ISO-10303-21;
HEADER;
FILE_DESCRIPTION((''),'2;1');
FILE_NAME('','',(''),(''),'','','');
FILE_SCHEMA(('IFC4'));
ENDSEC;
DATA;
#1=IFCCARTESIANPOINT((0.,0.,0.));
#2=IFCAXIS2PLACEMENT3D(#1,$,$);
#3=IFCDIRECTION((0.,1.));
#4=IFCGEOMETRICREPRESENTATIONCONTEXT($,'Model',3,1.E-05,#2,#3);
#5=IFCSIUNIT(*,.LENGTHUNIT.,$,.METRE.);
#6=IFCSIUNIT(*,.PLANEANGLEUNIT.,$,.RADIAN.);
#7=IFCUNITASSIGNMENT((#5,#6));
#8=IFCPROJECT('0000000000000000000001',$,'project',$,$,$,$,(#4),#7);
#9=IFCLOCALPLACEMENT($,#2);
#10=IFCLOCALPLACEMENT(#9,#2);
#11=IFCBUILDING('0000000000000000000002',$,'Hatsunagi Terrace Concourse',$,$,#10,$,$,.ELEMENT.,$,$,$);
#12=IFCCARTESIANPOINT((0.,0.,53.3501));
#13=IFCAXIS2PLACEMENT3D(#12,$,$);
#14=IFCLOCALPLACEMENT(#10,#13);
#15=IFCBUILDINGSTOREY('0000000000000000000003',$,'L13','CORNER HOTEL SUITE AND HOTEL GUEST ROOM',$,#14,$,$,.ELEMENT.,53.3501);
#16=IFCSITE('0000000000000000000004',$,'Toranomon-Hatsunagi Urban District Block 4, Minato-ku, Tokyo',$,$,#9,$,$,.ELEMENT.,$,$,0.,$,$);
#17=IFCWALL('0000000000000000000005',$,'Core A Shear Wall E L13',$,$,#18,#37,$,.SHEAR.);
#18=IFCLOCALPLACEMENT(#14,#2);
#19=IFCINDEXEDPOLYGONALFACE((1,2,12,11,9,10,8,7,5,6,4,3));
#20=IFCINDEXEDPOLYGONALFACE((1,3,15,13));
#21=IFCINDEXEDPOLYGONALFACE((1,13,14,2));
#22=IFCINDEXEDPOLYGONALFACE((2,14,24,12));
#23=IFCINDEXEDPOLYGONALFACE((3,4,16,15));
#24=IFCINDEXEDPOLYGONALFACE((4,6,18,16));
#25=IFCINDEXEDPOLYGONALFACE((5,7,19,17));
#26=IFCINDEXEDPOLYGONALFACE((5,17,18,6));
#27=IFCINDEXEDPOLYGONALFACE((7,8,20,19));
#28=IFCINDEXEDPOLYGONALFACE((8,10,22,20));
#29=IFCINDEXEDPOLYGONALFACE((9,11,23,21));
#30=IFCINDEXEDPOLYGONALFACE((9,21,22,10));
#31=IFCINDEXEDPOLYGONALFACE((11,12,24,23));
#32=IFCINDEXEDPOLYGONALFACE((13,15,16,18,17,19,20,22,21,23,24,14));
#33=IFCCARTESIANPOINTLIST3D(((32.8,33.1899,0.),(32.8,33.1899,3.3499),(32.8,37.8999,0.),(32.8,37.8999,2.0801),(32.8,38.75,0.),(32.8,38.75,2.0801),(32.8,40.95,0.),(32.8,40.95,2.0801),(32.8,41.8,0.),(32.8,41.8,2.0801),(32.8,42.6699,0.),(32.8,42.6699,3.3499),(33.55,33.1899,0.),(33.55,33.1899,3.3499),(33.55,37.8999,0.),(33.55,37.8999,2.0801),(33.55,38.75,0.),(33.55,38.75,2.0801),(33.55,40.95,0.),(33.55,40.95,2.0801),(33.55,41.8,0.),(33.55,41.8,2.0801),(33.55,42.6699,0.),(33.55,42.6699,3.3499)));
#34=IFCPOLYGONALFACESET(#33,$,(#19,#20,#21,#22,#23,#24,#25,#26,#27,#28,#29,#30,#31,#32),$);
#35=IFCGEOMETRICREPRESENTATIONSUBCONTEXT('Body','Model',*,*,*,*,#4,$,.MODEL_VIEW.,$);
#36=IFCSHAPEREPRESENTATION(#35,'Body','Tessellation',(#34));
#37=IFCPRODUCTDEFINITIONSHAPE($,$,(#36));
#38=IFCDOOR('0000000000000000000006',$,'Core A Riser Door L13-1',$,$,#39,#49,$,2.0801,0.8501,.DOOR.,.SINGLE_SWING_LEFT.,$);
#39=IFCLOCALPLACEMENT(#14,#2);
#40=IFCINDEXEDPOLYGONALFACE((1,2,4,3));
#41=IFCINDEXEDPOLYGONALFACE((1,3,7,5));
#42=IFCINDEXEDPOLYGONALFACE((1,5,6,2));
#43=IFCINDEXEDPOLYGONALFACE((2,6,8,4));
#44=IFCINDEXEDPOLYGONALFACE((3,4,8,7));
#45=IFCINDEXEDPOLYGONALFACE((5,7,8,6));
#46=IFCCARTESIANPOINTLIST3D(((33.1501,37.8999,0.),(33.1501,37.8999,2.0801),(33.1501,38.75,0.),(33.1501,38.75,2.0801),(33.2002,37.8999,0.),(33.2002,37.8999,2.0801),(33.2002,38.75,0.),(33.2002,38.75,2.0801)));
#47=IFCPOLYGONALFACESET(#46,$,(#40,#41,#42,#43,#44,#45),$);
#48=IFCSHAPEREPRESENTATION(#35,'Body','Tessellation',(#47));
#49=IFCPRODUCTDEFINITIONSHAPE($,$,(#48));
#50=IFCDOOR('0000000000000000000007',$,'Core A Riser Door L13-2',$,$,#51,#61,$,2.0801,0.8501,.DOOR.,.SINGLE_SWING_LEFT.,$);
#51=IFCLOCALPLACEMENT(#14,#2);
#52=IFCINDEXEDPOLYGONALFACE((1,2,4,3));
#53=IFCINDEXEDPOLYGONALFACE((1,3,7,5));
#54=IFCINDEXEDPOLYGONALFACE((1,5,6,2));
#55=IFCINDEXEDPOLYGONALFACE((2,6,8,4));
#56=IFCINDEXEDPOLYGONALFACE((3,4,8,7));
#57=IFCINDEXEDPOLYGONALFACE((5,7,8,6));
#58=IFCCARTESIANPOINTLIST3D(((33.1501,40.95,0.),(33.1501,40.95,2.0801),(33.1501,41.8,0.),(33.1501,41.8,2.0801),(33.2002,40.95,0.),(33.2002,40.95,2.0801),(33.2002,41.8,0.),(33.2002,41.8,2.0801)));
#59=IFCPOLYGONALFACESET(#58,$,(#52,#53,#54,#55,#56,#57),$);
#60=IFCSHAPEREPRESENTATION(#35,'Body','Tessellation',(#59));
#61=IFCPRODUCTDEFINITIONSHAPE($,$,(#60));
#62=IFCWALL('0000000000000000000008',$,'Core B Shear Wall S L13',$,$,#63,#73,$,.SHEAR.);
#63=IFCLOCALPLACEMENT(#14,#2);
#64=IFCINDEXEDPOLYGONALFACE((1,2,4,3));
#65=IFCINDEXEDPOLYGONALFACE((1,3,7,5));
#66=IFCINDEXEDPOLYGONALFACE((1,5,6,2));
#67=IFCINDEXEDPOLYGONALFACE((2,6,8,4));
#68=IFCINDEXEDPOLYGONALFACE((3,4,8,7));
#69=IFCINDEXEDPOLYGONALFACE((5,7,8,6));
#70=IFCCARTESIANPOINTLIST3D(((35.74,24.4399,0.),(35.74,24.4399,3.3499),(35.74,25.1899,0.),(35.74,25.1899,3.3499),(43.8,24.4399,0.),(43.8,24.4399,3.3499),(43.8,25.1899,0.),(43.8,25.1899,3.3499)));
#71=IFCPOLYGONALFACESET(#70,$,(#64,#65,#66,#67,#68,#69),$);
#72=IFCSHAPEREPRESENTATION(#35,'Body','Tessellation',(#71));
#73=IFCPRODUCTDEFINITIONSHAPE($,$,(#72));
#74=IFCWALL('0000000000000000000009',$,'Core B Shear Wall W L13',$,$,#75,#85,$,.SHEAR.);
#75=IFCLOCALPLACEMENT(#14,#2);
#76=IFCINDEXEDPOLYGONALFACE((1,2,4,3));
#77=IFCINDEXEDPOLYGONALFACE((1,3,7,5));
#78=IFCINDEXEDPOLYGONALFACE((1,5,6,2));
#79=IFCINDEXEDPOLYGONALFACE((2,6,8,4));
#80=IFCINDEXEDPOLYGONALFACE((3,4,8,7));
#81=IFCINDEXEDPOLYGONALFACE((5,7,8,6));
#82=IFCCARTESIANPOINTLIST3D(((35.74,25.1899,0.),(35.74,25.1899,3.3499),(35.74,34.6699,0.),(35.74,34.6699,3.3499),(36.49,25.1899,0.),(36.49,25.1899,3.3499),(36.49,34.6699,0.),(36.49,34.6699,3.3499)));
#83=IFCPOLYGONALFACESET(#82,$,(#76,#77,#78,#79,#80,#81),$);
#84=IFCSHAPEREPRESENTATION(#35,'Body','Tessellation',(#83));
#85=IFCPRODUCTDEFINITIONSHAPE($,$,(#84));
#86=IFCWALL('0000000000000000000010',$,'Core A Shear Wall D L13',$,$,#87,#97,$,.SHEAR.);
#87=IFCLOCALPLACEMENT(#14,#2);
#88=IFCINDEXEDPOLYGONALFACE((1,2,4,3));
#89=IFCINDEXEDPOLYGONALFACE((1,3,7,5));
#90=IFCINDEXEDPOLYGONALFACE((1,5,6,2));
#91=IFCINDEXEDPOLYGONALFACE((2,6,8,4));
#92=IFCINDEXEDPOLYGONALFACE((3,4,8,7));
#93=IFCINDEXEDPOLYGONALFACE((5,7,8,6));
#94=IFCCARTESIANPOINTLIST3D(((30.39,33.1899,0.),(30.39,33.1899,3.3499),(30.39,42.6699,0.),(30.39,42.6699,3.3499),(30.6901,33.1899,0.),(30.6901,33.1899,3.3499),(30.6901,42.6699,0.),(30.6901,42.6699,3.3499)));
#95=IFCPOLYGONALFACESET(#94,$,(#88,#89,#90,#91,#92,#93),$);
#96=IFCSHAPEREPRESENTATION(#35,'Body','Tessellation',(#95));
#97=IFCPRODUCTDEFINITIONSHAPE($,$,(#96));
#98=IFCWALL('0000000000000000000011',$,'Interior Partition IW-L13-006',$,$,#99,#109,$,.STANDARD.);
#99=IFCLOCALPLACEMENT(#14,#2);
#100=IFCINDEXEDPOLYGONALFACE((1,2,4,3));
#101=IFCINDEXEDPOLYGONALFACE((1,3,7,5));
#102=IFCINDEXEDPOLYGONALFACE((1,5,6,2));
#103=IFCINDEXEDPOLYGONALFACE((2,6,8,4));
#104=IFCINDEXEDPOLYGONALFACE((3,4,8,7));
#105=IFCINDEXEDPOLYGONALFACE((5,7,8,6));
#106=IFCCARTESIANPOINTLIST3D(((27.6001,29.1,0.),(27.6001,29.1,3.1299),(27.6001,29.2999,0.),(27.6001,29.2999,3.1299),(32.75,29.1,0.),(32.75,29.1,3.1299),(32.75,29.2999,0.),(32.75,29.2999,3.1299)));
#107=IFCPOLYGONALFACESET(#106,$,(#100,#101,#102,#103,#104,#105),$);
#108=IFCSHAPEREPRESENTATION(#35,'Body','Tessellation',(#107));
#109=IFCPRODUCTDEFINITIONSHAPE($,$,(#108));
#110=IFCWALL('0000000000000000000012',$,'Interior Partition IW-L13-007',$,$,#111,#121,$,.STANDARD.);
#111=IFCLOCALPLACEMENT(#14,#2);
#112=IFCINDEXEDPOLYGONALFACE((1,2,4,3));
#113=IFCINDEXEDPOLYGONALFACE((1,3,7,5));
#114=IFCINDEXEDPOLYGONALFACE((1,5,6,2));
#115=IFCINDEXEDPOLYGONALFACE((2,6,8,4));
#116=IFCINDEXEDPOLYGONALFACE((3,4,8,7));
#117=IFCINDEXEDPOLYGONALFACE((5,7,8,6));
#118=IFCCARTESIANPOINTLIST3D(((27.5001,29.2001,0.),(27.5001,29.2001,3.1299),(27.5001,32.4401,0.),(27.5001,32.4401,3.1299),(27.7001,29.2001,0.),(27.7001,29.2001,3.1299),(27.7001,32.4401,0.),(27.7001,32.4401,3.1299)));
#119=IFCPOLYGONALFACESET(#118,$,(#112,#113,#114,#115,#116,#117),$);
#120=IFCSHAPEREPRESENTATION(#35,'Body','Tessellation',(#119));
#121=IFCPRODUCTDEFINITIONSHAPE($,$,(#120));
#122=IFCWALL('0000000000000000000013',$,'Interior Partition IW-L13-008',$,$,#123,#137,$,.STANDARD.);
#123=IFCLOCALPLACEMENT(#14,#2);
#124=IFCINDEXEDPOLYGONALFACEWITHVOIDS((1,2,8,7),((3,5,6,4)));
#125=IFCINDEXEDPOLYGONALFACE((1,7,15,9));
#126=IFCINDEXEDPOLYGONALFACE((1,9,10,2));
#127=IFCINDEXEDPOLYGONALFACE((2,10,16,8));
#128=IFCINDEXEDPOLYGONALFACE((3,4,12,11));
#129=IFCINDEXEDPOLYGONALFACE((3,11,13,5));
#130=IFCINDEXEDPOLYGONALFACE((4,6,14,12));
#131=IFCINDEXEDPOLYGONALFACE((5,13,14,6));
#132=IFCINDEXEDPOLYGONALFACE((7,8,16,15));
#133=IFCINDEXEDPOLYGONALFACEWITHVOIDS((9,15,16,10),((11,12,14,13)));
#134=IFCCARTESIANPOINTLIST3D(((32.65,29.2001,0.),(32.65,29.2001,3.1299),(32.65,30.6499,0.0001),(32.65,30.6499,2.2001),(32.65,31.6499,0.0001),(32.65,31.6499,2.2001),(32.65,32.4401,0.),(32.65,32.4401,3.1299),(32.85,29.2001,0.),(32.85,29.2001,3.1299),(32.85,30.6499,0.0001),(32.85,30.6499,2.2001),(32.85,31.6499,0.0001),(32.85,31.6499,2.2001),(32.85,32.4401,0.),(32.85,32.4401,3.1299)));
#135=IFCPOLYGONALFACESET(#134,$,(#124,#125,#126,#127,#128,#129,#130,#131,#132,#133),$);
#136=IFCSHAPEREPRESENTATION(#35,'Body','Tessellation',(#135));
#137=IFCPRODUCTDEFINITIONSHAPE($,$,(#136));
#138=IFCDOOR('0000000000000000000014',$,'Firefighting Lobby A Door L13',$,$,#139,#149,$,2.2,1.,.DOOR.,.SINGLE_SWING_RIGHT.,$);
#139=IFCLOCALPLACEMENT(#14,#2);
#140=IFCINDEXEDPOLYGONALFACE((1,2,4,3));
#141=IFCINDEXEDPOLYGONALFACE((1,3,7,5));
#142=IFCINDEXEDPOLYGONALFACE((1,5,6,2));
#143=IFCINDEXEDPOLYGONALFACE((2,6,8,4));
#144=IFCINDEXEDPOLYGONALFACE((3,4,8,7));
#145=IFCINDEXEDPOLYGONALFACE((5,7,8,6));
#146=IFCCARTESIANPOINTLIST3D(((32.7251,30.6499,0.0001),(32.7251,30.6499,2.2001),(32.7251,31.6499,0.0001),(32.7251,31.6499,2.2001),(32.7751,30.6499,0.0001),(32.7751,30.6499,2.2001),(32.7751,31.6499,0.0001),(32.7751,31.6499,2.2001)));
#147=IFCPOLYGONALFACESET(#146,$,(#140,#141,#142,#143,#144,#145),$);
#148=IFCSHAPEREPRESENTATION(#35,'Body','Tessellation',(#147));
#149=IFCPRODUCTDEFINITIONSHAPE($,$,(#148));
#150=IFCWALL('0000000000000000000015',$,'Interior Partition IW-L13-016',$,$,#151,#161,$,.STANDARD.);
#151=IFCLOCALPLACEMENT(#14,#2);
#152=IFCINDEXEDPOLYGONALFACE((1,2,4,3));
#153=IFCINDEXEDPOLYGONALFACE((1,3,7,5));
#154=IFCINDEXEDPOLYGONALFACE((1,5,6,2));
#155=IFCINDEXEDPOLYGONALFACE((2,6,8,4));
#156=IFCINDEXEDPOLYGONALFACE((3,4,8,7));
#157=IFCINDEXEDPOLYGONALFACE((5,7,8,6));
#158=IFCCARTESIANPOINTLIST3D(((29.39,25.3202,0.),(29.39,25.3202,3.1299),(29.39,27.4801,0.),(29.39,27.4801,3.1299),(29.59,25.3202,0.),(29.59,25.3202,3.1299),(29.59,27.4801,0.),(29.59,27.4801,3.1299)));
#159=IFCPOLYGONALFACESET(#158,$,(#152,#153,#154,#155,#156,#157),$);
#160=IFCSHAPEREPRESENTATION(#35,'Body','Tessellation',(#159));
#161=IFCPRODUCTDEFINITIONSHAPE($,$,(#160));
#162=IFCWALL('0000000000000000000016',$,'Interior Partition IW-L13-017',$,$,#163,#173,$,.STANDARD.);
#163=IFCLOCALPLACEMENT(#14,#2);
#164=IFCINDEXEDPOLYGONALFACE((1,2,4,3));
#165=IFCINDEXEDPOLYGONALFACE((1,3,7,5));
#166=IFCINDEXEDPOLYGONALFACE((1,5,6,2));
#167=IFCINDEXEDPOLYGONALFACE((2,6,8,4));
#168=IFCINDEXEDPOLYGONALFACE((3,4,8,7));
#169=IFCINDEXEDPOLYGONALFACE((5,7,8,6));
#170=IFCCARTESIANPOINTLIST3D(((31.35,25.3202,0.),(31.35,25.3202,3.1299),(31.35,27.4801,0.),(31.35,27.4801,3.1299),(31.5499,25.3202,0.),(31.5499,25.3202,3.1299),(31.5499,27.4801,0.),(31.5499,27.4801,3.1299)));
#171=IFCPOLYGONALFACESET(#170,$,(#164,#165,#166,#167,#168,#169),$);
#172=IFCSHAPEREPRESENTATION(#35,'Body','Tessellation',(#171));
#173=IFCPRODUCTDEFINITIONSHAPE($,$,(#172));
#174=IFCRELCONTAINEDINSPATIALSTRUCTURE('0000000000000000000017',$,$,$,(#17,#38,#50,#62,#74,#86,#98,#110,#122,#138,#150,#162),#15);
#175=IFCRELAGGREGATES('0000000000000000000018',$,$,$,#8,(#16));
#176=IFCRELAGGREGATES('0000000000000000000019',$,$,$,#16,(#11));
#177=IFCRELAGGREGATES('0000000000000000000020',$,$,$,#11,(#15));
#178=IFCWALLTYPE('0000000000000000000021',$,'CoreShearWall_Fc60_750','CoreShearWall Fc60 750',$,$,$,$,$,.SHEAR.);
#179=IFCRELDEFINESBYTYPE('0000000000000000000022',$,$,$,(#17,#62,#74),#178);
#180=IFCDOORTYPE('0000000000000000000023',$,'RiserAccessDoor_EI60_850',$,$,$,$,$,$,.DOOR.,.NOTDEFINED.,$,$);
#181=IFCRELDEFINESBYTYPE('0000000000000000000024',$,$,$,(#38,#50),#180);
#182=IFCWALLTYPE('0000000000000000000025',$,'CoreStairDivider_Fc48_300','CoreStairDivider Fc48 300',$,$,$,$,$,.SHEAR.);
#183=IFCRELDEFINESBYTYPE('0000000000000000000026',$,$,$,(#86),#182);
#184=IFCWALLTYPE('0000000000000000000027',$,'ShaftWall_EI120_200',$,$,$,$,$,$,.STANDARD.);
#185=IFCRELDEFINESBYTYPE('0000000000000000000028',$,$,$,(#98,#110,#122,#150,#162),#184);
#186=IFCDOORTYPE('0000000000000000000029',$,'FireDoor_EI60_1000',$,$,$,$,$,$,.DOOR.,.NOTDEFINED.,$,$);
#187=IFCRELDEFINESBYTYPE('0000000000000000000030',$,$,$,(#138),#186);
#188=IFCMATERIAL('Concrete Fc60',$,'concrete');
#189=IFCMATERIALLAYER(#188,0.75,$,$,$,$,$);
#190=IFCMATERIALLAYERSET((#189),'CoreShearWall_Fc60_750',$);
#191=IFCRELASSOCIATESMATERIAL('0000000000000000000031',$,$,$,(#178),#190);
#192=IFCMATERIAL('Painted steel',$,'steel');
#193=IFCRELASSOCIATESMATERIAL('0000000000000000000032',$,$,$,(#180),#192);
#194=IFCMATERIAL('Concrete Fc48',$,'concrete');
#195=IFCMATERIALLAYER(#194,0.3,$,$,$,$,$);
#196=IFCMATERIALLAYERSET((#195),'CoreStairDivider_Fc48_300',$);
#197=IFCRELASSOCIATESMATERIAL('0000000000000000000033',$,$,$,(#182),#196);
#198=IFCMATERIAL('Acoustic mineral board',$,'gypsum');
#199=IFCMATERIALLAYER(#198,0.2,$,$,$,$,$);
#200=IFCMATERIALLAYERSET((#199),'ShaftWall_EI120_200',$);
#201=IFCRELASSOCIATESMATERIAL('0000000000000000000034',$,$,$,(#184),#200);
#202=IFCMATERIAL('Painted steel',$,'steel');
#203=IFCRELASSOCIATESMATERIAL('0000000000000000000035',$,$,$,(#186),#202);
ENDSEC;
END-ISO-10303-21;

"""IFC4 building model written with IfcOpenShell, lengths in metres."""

from ifc_helpers import new_model, si_unit, direction, frame, frame_2d, origin, place, context, subcontext, project, spatial, rectangle, extrude, material, layer, layer_set, type_object, element, fill, save


model = new_model("IFC4")

# Units and contexts
model_context = context("Model", 3, precision=1e-05, world=origin(), true_north=direction((0.0, 1.0)))
body_context = subcontext(model_context, "Body", "Model", "MODEL_VIEW")
ifc_project = project(units=[si_unit("LENGTHUNIT", "METRE"), si_unit("PLANEANGLEUNIT", "RADIAN")], contexts=[model_context])

# Site, building, storey
site_placement = place(None, origin())
site = spatial("IfcSite", under=ifc_project, at=site_placement, Name="Toranomon-Hatsunagi Urban District Block 4, Minato-ku, Tokyo", CompositionType="ELEMENT", RefElevation=0.0)
building_placement = place(site_placement, origin())
building = spatial("IfcBuilding", under=site, at=building_placement, Name="Hatsunagi Terrace Concourse", CompositionType="ELEMENT")
storey_placement = place(building_placement, frame((0.0, 0.0, 53.3501)))
storey = spatial("IfcBuildingStorey", under=building, at=storey_placement, Name="L13", Description="CORNER HOTEL SUITE AND HOTEL GUEST ROOM", CompositionType="ELEMENT", Elevation=53.3501)

# Wall, openings, doors
ifc_material_1 = material(Name="Concrete Fc60", Category="concrete")
ifc_layer_1 = layer(ifc_material_1, 0.75)
ifc_layer_set_1 = layer_set([ifc_layer_1], Name="CoreShearWall_Fc60_750")
wall_type_1 = type_object("IfcWallType", Name="CoreShearWall_Fc60_750", Description="CoreShearWall Fc60 750", PredefinedType="SHEAR", material=ifc_layer_set_1)
wall_1_placement = place(storey_placement, frame((33.175, 33.1899, 0.0), z_axis=(0.0, 0.0, 1.0), x_axis=(0.0, 1.0, 0.0)))
wall_1 = element("IfcWall", 1, at=wall_1_placement, inside=storey, type_object=wall_type_1, Name="Core A Shear Wall E L13", PredefinedType="SHEAR", context=body_context, shape_type="SweptSolid", body=[
    extrude(rectangle(XDim=9.48, YDim=0.75, at=frame_2d((4.74, 0.0))), origin(), (0.0, 0.0, 1.0), 3.3499),
])
opening_1_placement = place(wall_1_placement, frame((4.71, 0.0, 0.0)))
opening_1 = element("IfcOpeningElement", 2, at=opening_1_placement, cuts=wall_1, PredefinedType="OPENING", context=body_context, shape_type="SweptSolid", body=[
    extrude(rectangle(XDim=0.8501, YDim=2.0801, at=frame_2d((0.425, 1.04))), frame((0.0, 0.385, 0.0), z_axis=(0.0, -1.0, 0.0), x_axis=(1.0, 0.0, 0.0)), (0.0, 0.0, 1.0), 0.77),
])
opening_2_placement = place(wall_1_placement, frame((7.76, 0.0, 0.0)))
opening_2 = element("IfcOpeningElement", 3, at=opening_2_placement, cuts=wall_1, PredefinedType="OPENING", context=body_context, shape_type="SweptSolid", body=[
    extrude(rectangle(XDim=0.8501, YDim=2.0801, at=frame_2d((0.425, 1.04))), frame((0.0, 0.385, 0.0), z_axis=(0.0, -1.0, 0.0), x_axis=(1.0, 0.0, 0.0)), (0.0, 0.0, 1.0), 0.77),
])
ifc_material_2 = material(Name="Painted steel", Category="steel")
door_type_1 = type_object("IfcDoorType", Name="RiserAccessDoor_EI60_850", OperationType="NOTDEFINED", PredefinedType="DOOR", material=ifc_material_2)
door_1_placement = place(opening_1_placement, origin())
door_1 = element("IfcDoor", 4, at=door_1_placement, inside=storey, type_object=door_type_1, Name="Core A Riser Door L13-1", OperationType="SINGLE_SWING_LEFT", OverallHeight=2.0801, OverallWidth=0.8501, PredefinedType="DOOR", context=body_context, shape_type="SweptSolid", body=[
    extrude(rectangle(XDim=0.8501, YDim=2.0801, at=frame_2d((0.425, 1.04))), frame((0.0, 0.0249, 0.0), z_axis=(0.0, -1.0, 0.0), x_axis=(1.0, 0.0, 0.0)), (0.0, 0.0, 1.0), 0.05),
])
fill(opening_1, door_1)
door_2_placement = place(opening_2_placement, origin())
door_2 = element("IfcDoor", 5, at=door_2_placement, inside=storey, type_object=door_type_1, Name="Core A Riser Door L13-2", OperationType="SINGLE_SWING_LEFT", OverallHeight=2.0801, OverallWidth=0.8501, PredefinedType="DOOR", context=body_context, shape_type="SweptSolid", body=[
    extrude(rectangle(XDim=0.8501, YDim=2.0801, at=frame_2d((0.425, 1.04))), frame((0.0, 0.0249, 0.0), z_axis=(0.0, -1.0, 0.0), x_axis=(1.0, 0.0, 0.0)), (0.0, 0.0, 1.0), 0.05),
])
fill(opening_2, door_2)

# Wall
wall_2_placement = place(storey_placement, frame((35.74, 24.8149, 0.0), z_axis=(0.0, 0.0, 1.0), x_axis=(1.0, 0.0, 0.0)))
element("IfcWall", 6, at=wall_2_placement, inside=storey, type_object=wall_type_1, Name="Core B Shear Wall S L13", PredefinedType="SHEAR", context=body_context, shape_type="SweptSolid", body=[
    extrude(rectangle(XDim=8.0601, YDim=0.75, at=frame_2d((4.03, 0.0))), origin(), (0.0, 0.0, 1.0), 3.3499),
])

# Walls
wall_3_placement = place(storey_placement, frame((36.115, 25.1899, 0.0), z_axis=(0.0, 0.0, 1.0), x_axis=(0.0, 1.0, 0.0)))
element("IfcWall", 7, at=wall_3_placement, inside=storey, type_object=wall_type_1, Name="Core B Shear Wall W L13", PredefinedType="SHEAR", context=body_context, shape_type="SweptSolid", body=[
    extrude(rectangle(XDim=9.48, YDim=0.75, at=frame_2d((4.74, 0.0))), origin(), (0.0, 0.0, 1.0), 3.3499),
])
ifc_material_3 = material(Name="Concrete Fc48", Category="concrete")
ifc_layer_2 = layer(ifc_material_3, 0.3)
ifc_layer_set_2 = layer_set([ifc_layer_2], Name="CoreStairDivider_Fc48_300")
wall_type_2 = type_object("IfcWallType", Name="CoreStairDivider_Fc48_300", Description="CoreStairDivider Fc48 300", PredefinedType="SHEAR", material=ifc_layer_set_2)
wall_4_placement = place(storey_placement, frame((30.54, 33.1899, 0.0), z_axis=(0.0, 0.0, 1.0), x_axis=(0.0, 1.0, 0.0)))
element("IfcWall", 8, at=wall_4_placement, inside=storey, type_object=wall_type_2, Name="Core A Shear Wall D L13", PredefinedType="SHEAR", context=body_context, shape_type="SweptSolid", body=[
    extrude(rectangle(XDim=9.48, YDim=0.3, at=frame_2d((4.74, 0.0))), origin(), (0.0, 0.0, 1.0), 3.3499),
])
ifc_material_4 = material(Name="Acoustic mineral board", Category="gypsum")
ifc_layer_3 = layer(ifc_material_4, 0.2)
ifc_layer_set_3 = layer_set([ifc_layer_3], Name="ShaftWall_EI120_200")
wall_type_3 = type_object("IfcWallType", Name="ShaftWall_EI120_200", PredefinedType="STANDARD", material=ifc_layer_set_3)
wall_5_placement = place(storey_placement, frame((27.6001, 29.2, 0.0), z_axis=(0.0, 0.0, 1.0), x_axis=(1.0, 0.0, 0.0)))
element("IfcWall", 9, at=wall_5_placement, inside=storey, type_object=wall_type_3, Name="Interior Partition IW-L13-006", PredefinedType="STANDARD", context=body_context, shape_type="SweptSolid", body=[
    extrude(rectangle(XDim=5.1499, YDim=0.2, at=frame_2d((2.575, 0.0))), origin(), (0.0, 0.0, 1.0), 3.1299),
])
wall_6_placement = place(storey_placement, frame((27.6001, 29.2, 0.0), z_axis=(0.0, 0.0, 1.0), x_axis=(0.0, 1.0, 0.0)))
element("IfcWall", 10, at=wall_6_placement, inside=storey, type_object=wall_type_3, Name="Interior Partition IW-L13-007", PredefinedType="STANDARD", context=body_context, shape_type="SweptSolid", body=[
    extrude(rectangle(XDim=3.24, YDim=0.2, at=frame_2d((1.6201, 0.0))), origin(), (0.0, 0.0, 1.0), 3.1299),
])

# Wall, opening, door
wall_7_placement = place(storey_placement, frame((32.75, 29.2, 0.0), z_axis=(0.0, 0.0, 1.0), x_axis=(0.0, 1.0, 0.0)))
wall_7 = element("IfcWall", 11, at=wall_7_placement, inside=storey, type_object=wall_type_3, Name="Interior Partition IW-L13-008", PredefinedType="STANDARD", context=body_context, shape_type="SweptSolid", body=[
    extrude(rectangle(XDim=3.24, YDim=0.2, at=frame_2d((1.6201, 0.0))), origin(), (0.0, 0.0, 1.0), 3.1299),
])
opening_3_placement = place(wall_7_placement, frame((1.45, 0.0, 0.0)))
opening_3 = element("IfcOpeningElement", 12, at=opening_3_placement, cuts=wall_7, PredefinedType="OPENING", context=body_context, shape_type="SweptSolid", body=[
    extrude(rectangle(XDim=1.0, YDim=2.2, at=frame_2d((0.5, 1.1001))), frame((0.0, 0.1099, 0.0), z_axis=(0.0, -1.0, 0.0), x_axis=(1.0, 0.0, 0.0)), (0.0, 0.0, 1.0), 0.22),
])
ifc_material_5 = material(Name="Painted steel", Category="steel")
door_type_2 = type_object("IfcDoorType", Name="FireDoor_EI60_1000", OperationType="NOTDEFINED", PredefinedType="DOOR", material=ifc_material_5)
door_3_placement = place(opening_3_placement, origin())
door_3 = element("IfcDoor", 13, at=door_3_placement, inside=storey, type_object=door_type_2, Name="Firefighting Lobby A Door L13", OperationType="SINGLE_SWING_RIGHT", OverallHeight=2.2, OverallWidth=1.0, PredefinedType="DOOR", context=body_context, shape_type="SweptSolid", body=[
    extrude(rectangle(XDim=1.0, YDim=2.2, at=frame_2d((0.5, 1.1001))), frame((0.0, 0.0249, 0.0), z_axis=(0.0, -1.0, 0.0), x_axis=(1.0, 0.0, 0.0)), (0.0, 0.0, 1.0), 0.05),
])
fill(opening_3, door_3)

# Walls
for number, where, z_axis, x_axis, name in (
    (14, (29.49, 25.3201, 0.0), (0.0, 0.0, 1.0), (0.0, 1.0, 0.0), "Interior Partition IW-L13-016"),
    (15, (31.45, 25.3201, 0.0), (0.0, 0.0, 1.0), (0.0, 1.0, 0.0), "Interior Partition IW-L13-017"),
):
    element("IfcWall", number, at=place(storey_placement, frame(where, z_axis=z_axis, x_axis=x_axis)), inside=storey, type_object=wall_type_3, Name=name, PredefinedType="STANDARD", context=body_context, shape_type="SweptSolid", body=[
        extrude(rectangle(XDim=2.1599, YDim=0.2, at=frame_2d((1.0801, 0.0))), origin(), (0.0, 0.0, 1.0), 3.1299),
    ])

save(model, "model.ifc")
